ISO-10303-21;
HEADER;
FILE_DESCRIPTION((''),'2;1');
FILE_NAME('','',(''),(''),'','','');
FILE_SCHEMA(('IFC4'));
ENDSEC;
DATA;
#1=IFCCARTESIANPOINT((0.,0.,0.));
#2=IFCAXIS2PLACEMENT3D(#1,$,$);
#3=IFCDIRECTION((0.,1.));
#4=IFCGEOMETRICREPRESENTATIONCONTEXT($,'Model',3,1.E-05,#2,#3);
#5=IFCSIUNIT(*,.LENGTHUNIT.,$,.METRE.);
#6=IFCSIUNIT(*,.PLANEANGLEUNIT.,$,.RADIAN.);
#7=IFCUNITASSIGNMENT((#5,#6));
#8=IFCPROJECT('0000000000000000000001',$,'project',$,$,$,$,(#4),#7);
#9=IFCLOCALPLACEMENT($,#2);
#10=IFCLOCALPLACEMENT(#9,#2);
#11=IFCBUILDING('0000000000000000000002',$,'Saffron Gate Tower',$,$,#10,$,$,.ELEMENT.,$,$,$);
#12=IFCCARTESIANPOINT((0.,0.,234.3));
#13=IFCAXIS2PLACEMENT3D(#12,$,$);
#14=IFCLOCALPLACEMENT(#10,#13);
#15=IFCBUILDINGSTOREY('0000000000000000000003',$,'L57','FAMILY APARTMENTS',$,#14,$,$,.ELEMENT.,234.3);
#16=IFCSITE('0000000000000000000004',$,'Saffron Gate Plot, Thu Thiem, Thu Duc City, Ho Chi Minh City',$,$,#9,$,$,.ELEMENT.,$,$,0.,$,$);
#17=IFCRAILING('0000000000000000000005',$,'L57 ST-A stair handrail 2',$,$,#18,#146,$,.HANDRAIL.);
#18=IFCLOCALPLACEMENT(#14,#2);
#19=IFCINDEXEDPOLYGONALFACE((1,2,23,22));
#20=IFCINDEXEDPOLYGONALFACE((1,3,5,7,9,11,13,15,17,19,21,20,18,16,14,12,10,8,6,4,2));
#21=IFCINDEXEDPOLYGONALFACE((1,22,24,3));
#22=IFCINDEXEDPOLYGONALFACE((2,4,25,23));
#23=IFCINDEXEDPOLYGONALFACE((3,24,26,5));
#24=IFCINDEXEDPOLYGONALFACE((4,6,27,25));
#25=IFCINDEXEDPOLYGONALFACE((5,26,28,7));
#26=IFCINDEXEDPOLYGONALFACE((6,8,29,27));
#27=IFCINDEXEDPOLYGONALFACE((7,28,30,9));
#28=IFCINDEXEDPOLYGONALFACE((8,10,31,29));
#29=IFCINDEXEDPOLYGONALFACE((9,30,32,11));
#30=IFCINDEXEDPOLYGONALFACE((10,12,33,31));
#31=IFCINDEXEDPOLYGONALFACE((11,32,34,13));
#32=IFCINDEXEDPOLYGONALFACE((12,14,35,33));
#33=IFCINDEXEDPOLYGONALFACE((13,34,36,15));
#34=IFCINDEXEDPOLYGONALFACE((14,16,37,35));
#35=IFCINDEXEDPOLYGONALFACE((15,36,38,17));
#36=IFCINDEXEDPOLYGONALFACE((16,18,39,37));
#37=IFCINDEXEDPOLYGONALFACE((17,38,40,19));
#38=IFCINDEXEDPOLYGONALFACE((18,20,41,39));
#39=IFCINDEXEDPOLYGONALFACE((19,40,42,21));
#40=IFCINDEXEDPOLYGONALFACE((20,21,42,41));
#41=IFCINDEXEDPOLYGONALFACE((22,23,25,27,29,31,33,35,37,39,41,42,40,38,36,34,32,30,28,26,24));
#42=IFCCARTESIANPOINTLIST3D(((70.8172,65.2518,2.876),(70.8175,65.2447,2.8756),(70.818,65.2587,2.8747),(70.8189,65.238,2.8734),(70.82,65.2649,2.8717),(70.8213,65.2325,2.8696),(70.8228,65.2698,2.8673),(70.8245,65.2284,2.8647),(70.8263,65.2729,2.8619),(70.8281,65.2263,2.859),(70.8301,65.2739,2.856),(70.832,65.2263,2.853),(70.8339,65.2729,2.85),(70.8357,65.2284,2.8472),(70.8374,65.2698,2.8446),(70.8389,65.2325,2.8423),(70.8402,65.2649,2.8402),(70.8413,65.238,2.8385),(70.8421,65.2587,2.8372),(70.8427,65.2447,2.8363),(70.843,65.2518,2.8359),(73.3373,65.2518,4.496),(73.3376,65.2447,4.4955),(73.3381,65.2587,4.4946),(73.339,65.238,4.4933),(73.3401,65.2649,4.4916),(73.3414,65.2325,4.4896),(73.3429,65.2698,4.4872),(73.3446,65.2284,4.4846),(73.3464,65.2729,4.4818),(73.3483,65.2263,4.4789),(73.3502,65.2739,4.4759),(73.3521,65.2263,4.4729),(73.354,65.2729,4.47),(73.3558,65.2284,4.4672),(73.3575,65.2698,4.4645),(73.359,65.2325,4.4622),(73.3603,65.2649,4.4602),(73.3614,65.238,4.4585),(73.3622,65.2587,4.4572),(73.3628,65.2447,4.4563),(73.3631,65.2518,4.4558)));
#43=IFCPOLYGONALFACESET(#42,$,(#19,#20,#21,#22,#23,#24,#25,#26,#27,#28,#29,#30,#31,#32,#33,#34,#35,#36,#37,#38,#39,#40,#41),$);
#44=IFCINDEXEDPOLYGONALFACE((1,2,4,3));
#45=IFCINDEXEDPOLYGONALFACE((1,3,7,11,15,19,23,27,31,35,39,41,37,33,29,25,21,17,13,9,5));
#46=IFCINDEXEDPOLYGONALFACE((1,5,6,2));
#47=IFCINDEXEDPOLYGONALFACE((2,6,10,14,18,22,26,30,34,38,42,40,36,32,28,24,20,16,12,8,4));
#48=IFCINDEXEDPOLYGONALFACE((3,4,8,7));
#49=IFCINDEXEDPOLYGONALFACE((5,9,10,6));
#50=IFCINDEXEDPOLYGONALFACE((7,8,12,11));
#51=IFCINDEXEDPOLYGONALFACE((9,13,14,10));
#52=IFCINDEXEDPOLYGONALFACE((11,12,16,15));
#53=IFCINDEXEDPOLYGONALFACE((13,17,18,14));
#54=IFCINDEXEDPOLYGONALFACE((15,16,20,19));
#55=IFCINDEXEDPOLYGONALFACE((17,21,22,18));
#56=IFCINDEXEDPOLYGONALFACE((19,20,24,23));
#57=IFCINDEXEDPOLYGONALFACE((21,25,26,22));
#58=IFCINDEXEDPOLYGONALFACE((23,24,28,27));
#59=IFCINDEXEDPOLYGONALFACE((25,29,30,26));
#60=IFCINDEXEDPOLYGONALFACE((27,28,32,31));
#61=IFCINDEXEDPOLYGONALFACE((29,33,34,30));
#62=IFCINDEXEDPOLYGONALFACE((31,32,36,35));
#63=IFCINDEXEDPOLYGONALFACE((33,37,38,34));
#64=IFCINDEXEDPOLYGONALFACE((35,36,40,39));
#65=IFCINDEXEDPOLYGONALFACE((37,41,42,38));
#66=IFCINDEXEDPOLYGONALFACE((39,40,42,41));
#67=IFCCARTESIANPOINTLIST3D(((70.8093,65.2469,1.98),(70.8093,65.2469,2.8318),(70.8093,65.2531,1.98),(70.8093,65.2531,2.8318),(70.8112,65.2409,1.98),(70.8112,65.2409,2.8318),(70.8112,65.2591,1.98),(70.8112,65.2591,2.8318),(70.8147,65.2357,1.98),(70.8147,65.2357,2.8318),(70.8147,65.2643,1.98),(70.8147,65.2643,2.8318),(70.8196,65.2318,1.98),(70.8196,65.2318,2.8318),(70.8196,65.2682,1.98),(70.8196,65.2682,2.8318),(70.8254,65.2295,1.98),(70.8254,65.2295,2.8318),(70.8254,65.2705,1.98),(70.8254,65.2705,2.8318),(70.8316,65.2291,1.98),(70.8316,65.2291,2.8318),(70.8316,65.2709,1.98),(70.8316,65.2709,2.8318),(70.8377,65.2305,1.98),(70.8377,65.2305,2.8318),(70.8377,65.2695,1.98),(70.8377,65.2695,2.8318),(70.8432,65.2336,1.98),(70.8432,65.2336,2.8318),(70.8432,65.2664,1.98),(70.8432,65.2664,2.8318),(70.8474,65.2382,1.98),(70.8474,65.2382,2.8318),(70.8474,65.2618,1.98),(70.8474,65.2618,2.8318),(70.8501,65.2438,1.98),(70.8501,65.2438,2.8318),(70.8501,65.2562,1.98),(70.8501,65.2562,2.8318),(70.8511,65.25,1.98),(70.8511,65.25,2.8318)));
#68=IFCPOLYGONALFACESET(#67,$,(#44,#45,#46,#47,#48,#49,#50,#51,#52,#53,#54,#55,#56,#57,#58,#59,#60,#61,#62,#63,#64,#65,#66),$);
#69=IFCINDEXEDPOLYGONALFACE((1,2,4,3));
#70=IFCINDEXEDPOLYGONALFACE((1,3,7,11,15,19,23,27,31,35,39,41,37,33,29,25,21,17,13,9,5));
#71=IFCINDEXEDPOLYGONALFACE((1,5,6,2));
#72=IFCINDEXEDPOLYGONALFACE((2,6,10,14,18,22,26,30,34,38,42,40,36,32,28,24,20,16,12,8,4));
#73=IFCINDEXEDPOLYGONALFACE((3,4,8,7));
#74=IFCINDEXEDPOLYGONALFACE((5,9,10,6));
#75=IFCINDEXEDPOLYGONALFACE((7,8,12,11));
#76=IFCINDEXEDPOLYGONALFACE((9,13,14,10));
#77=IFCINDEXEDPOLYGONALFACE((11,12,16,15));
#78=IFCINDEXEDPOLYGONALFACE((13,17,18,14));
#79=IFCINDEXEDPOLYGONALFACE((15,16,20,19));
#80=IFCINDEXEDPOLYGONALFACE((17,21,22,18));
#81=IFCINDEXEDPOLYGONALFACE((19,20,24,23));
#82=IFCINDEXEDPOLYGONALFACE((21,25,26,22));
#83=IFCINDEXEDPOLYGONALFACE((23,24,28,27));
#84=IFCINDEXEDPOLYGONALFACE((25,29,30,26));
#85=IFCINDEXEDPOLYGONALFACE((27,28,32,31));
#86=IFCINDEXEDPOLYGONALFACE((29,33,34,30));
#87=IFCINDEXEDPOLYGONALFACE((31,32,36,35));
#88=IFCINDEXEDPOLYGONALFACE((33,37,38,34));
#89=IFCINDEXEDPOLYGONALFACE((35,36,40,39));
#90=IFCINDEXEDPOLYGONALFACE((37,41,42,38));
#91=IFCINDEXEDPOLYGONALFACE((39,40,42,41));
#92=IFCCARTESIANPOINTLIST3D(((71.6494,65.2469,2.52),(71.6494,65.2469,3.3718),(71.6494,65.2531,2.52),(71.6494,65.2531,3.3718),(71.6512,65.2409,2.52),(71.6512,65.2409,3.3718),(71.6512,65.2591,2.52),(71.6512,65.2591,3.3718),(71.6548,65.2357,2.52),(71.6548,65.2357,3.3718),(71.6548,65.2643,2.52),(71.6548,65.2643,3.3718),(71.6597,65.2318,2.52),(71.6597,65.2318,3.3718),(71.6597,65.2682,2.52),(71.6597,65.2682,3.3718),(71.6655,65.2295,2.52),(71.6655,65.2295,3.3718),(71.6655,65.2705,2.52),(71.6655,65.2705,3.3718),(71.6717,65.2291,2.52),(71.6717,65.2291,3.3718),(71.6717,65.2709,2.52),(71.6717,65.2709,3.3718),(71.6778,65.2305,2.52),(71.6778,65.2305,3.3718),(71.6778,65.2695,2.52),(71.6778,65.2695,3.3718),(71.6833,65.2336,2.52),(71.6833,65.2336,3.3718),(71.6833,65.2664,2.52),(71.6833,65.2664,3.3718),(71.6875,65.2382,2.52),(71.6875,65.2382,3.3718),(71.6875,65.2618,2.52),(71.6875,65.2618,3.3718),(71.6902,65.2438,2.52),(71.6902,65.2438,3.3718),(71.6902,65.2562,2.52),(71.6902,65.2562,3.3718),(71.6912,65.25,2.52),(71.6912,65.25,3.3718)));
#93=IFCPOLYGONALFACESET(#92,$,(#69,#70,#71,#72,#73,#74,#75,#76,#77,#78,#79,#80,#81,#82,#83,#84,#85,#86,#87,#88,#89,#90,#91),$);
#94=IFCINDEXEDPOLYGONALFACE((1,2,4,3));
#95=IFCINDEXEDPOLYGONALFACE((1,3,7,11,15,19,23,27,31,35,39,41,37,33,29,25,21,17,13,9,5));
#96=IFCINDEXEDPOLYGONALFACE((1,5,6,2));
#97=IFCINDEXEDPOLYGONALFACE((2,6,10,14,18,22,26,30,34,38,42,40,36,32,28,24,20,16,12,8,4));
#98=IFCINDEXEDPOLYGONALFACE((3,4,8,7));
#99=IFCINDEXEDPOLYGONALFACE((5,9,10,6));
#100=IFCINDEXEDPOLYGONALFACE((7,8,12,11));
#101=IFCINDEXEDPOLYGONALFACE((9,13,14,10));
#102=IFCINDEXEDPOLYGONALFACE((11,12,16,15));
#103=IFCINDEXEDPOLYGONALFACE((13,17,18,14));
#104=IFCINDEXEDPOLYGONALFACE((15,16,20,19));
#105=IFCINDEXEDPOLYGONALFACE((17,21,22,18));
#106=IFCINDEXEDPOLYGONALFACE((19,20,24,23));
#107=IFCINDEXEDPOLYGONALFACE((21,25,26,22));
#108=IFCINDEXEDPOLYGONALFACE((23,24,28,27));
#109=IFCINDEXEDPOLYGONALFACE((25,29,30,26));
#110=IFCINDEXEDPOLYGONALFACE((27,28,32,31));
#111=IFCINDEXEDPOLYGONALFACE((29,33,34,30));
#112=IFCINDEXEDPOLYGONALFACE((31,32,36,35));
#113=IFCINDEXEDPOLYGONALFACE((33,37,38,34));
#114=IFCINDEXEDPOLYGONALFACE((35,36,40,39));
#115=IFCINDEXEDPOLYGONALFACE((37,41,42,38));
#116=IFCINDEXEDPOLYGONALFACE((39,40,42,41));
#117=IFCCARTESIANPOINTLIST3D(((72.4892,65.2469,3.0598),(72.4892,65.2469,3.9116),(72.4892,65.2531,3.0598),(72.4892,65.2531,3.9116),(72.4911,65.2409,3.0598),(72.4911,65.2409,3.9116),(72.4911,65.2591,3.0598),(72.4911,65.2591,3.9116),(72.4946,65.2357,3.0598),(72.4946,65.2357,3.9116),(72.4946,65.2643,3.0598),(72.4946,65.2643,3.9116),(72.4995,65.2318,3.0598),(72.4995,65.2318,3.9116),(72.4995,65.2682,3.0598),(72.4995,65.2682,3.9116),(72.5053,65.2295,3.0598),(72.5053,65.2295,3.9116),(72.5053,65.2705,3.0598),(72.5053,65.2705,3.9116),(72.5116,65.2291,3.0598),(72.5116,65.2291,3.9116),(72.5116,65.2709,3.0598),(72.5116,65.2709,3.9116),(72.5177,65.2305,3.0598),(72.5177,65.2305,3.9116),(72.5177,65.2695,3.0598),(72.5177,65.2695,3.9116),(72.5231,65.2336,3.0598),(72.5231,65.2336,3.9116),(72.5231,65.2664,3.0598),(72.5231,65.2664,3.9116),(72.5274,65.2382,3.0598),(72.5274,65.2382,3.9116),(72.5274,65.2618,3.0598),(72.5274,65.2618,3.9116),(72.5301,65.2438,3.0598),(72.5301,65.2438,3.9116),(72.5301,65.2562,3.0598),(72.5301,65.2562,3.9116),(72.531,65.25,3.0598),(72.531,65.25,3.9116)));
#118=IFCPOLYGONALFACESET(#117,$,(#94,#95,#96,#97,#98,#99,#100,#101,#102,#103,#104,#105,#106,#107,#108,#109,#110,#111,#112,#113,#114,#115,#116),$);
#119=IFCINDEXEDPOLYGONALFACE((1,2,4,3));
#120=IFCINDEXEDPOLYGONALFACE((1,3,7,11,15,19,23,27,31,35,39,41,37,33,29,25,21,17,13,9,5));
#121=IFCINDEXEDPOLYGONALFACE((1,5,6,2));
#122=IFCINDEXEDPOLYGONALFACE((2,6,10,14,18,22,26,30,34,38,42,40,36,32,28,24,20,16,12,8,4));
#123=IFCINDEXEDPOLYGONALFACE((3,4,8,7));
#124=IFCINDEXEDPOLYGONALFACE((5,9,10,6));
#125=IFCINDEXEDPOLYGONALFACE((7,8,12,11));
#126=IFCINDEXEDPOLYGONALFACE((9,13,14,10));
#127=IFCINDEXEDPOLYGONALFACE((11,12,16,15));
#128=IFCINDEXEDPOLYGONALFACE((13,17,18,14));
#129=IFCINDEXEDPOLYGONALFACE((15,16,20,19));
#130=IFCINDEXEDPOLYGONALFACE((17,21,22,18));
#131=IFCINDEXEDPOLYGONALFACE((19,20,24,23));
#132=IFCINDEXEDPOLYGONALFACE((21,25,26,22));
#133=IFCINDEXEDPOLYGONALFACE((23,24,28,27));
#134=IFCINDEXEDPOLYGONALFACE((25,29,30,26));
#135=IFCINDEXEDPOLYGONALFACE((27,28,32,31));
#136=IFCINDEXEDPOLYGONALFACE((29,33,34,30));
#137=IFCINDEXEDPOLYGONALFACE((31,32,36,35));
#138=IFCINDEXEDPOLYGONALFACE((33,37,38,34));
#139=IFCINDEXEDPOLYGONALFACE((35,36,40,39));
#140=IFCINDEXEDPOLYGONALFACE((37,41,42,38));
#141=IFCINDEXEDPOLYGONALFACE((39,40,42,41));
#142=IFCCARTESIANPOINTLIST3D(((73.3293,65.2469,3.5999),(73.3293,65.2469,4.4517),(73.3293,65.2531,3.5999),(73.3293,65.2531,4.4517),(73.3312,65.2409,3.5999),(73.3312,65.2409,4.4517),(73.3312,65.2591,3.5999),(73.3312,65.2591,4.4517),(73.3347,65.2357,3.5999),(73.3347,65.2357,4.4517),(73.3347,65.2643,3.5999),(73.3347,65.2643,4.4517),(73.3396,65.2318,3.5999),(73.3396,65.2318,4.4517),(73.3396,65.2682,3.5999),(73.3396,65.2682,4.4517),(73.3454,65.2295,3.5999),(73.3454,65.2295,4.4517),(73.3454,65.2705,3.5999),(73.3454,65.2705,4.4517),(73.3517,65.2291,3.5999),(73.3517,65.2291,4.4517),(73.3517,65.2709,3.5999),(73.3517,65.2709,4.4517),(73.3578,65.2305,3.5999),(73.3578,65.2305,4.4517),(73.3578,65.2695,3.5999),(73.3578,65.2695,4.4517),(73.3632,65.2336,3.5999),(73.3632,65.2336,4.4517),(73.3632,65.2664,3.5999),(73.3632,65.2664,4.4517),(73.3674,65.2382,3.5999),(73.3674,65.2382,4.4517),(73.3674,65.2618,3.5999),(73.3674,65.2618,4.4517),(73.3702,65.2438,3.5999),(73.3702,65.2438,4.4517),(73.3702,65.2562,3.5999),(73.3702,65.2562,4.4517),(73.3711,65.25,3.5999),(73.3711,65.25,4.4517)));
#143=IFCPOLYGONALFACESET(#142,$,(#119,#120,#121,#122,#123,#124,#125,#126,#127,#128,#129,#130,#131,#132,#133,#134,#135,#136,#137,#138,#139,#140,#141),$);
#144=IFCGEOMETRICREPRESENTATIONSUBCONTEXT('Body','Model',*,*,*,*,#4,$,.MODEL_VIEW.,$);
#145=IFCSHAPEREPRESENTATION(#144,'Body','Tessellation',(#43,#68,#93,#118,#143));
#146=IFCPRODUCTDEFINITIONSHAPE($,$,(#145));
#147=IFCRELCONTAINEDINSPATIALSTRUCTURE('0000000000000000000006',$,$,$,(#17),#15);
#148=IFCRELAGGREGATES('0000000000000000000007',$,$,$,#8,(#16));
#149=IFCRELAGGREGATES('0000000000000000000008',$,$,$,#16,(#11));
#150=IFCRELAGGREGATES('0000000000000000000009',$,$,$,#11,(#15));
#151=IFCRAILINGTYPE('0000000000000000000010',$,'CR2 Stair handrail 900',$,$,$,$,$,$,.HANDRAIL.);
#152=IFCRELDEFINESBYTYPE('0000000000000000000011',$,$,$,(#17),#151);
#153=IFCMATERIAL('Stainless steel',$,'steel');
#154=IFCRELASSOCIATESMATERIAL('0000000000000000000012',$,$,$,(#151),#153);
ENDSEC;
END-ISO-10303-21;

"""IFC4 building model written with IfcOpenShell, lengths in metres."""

from ifc_helpers import new_model, si_unit, direction, frame, origin, origin_2d, place, context, subcontext, project, spatial, circle, extrude, material, type_object, element, save


model = new_model("IFC4")

# Units and contexts
model_context = context("Model", 3, precision=1e-05, world=origin(), true_north=direction((0.0, 1.0)))
body_context = subcontext(model_context, "Body", "Model", "MODEL_VIEW")
ifc_project = project(units=[si_unit("LENGTHUNIT", "METRE"), si_unit("PLANEANGLEUNIT", "RADIAN")], contexts=[model_context])

# Site, building, storey
site_placement = place(None, origin())
site = spatial("IfcSite", under=ifc_project, at=site_placement, Name="Saffron Gate Plot, Thu Thiem, Thu Duc City, Ho Chi Minh City", CompositionType="ELEMENT", RefElevation=0.0)
building_placement = place(site_placement, origin())
building = spatial("IfcBuilding", under=site, at=building_placement, Name="Saffron Gate Tower", CompositionType="ELEMENT")
storey_placement = place(building_placement, frame((0.0, 0.0, 234.3)))
storey = spatial("IfcBuildingStorey", under=building, at=storey_placement, Name="L57", Description="FAMILY APARTMENTS", CompositionType="ELEMENT", Elevation=234.3)

# Railing
ifc_material_1 = material(Name="Stainless steel", Category="steel")
railing_type = type_object("IfcRailingType", Name="CR2 Stair handrail 900", PredefinedType="HANDRAIL", material=ifc_material_1)
railing_placement = place(storey_placement, frame((70.8301, 65.25, 1.98)))
element("IfcRailing", 1, at=railing_placement, inside=storey, type_object=railing_type, Name="L57 ST-A stair handrail 2", PredefinedType="HANDRAIL", context=body_context, shape_type="SweptSolid", body=[
    extrude(circle(Radius=0.0239, at=origin_2d()), frame((0.0, 0.0, 0.876), z_axis=(0.8412, 0.0, 0.540725), x_axis=(0.0, 1.0, 0.0)), (0.0, 0.0, 1.0), 2.9958),
    extrude(circle(Radius=0.021, at=origin_2d()), origin(), (0.0, 0.0, 1.0), 0.8518),
    extrude(circle(Radius=0.021, at=origin_2d()), frame((0.8401, 0.0, 0.54)), (0.0, 0.0, 1.0), 0.8518),
    extrude(circle(Radius=0.021, at=origin_2d()), frame((1.6799, 0.0, 1.0798)), (0.0, 0.0, 1.0), 0.8518),
    extrude(circle(Radius=0.021, at=origin_2d()), frame((2.52, 0.0, 1.6199)), (0.0, 0.0, 1.0), 0.8518),
])

save(model, "model.ifc")
